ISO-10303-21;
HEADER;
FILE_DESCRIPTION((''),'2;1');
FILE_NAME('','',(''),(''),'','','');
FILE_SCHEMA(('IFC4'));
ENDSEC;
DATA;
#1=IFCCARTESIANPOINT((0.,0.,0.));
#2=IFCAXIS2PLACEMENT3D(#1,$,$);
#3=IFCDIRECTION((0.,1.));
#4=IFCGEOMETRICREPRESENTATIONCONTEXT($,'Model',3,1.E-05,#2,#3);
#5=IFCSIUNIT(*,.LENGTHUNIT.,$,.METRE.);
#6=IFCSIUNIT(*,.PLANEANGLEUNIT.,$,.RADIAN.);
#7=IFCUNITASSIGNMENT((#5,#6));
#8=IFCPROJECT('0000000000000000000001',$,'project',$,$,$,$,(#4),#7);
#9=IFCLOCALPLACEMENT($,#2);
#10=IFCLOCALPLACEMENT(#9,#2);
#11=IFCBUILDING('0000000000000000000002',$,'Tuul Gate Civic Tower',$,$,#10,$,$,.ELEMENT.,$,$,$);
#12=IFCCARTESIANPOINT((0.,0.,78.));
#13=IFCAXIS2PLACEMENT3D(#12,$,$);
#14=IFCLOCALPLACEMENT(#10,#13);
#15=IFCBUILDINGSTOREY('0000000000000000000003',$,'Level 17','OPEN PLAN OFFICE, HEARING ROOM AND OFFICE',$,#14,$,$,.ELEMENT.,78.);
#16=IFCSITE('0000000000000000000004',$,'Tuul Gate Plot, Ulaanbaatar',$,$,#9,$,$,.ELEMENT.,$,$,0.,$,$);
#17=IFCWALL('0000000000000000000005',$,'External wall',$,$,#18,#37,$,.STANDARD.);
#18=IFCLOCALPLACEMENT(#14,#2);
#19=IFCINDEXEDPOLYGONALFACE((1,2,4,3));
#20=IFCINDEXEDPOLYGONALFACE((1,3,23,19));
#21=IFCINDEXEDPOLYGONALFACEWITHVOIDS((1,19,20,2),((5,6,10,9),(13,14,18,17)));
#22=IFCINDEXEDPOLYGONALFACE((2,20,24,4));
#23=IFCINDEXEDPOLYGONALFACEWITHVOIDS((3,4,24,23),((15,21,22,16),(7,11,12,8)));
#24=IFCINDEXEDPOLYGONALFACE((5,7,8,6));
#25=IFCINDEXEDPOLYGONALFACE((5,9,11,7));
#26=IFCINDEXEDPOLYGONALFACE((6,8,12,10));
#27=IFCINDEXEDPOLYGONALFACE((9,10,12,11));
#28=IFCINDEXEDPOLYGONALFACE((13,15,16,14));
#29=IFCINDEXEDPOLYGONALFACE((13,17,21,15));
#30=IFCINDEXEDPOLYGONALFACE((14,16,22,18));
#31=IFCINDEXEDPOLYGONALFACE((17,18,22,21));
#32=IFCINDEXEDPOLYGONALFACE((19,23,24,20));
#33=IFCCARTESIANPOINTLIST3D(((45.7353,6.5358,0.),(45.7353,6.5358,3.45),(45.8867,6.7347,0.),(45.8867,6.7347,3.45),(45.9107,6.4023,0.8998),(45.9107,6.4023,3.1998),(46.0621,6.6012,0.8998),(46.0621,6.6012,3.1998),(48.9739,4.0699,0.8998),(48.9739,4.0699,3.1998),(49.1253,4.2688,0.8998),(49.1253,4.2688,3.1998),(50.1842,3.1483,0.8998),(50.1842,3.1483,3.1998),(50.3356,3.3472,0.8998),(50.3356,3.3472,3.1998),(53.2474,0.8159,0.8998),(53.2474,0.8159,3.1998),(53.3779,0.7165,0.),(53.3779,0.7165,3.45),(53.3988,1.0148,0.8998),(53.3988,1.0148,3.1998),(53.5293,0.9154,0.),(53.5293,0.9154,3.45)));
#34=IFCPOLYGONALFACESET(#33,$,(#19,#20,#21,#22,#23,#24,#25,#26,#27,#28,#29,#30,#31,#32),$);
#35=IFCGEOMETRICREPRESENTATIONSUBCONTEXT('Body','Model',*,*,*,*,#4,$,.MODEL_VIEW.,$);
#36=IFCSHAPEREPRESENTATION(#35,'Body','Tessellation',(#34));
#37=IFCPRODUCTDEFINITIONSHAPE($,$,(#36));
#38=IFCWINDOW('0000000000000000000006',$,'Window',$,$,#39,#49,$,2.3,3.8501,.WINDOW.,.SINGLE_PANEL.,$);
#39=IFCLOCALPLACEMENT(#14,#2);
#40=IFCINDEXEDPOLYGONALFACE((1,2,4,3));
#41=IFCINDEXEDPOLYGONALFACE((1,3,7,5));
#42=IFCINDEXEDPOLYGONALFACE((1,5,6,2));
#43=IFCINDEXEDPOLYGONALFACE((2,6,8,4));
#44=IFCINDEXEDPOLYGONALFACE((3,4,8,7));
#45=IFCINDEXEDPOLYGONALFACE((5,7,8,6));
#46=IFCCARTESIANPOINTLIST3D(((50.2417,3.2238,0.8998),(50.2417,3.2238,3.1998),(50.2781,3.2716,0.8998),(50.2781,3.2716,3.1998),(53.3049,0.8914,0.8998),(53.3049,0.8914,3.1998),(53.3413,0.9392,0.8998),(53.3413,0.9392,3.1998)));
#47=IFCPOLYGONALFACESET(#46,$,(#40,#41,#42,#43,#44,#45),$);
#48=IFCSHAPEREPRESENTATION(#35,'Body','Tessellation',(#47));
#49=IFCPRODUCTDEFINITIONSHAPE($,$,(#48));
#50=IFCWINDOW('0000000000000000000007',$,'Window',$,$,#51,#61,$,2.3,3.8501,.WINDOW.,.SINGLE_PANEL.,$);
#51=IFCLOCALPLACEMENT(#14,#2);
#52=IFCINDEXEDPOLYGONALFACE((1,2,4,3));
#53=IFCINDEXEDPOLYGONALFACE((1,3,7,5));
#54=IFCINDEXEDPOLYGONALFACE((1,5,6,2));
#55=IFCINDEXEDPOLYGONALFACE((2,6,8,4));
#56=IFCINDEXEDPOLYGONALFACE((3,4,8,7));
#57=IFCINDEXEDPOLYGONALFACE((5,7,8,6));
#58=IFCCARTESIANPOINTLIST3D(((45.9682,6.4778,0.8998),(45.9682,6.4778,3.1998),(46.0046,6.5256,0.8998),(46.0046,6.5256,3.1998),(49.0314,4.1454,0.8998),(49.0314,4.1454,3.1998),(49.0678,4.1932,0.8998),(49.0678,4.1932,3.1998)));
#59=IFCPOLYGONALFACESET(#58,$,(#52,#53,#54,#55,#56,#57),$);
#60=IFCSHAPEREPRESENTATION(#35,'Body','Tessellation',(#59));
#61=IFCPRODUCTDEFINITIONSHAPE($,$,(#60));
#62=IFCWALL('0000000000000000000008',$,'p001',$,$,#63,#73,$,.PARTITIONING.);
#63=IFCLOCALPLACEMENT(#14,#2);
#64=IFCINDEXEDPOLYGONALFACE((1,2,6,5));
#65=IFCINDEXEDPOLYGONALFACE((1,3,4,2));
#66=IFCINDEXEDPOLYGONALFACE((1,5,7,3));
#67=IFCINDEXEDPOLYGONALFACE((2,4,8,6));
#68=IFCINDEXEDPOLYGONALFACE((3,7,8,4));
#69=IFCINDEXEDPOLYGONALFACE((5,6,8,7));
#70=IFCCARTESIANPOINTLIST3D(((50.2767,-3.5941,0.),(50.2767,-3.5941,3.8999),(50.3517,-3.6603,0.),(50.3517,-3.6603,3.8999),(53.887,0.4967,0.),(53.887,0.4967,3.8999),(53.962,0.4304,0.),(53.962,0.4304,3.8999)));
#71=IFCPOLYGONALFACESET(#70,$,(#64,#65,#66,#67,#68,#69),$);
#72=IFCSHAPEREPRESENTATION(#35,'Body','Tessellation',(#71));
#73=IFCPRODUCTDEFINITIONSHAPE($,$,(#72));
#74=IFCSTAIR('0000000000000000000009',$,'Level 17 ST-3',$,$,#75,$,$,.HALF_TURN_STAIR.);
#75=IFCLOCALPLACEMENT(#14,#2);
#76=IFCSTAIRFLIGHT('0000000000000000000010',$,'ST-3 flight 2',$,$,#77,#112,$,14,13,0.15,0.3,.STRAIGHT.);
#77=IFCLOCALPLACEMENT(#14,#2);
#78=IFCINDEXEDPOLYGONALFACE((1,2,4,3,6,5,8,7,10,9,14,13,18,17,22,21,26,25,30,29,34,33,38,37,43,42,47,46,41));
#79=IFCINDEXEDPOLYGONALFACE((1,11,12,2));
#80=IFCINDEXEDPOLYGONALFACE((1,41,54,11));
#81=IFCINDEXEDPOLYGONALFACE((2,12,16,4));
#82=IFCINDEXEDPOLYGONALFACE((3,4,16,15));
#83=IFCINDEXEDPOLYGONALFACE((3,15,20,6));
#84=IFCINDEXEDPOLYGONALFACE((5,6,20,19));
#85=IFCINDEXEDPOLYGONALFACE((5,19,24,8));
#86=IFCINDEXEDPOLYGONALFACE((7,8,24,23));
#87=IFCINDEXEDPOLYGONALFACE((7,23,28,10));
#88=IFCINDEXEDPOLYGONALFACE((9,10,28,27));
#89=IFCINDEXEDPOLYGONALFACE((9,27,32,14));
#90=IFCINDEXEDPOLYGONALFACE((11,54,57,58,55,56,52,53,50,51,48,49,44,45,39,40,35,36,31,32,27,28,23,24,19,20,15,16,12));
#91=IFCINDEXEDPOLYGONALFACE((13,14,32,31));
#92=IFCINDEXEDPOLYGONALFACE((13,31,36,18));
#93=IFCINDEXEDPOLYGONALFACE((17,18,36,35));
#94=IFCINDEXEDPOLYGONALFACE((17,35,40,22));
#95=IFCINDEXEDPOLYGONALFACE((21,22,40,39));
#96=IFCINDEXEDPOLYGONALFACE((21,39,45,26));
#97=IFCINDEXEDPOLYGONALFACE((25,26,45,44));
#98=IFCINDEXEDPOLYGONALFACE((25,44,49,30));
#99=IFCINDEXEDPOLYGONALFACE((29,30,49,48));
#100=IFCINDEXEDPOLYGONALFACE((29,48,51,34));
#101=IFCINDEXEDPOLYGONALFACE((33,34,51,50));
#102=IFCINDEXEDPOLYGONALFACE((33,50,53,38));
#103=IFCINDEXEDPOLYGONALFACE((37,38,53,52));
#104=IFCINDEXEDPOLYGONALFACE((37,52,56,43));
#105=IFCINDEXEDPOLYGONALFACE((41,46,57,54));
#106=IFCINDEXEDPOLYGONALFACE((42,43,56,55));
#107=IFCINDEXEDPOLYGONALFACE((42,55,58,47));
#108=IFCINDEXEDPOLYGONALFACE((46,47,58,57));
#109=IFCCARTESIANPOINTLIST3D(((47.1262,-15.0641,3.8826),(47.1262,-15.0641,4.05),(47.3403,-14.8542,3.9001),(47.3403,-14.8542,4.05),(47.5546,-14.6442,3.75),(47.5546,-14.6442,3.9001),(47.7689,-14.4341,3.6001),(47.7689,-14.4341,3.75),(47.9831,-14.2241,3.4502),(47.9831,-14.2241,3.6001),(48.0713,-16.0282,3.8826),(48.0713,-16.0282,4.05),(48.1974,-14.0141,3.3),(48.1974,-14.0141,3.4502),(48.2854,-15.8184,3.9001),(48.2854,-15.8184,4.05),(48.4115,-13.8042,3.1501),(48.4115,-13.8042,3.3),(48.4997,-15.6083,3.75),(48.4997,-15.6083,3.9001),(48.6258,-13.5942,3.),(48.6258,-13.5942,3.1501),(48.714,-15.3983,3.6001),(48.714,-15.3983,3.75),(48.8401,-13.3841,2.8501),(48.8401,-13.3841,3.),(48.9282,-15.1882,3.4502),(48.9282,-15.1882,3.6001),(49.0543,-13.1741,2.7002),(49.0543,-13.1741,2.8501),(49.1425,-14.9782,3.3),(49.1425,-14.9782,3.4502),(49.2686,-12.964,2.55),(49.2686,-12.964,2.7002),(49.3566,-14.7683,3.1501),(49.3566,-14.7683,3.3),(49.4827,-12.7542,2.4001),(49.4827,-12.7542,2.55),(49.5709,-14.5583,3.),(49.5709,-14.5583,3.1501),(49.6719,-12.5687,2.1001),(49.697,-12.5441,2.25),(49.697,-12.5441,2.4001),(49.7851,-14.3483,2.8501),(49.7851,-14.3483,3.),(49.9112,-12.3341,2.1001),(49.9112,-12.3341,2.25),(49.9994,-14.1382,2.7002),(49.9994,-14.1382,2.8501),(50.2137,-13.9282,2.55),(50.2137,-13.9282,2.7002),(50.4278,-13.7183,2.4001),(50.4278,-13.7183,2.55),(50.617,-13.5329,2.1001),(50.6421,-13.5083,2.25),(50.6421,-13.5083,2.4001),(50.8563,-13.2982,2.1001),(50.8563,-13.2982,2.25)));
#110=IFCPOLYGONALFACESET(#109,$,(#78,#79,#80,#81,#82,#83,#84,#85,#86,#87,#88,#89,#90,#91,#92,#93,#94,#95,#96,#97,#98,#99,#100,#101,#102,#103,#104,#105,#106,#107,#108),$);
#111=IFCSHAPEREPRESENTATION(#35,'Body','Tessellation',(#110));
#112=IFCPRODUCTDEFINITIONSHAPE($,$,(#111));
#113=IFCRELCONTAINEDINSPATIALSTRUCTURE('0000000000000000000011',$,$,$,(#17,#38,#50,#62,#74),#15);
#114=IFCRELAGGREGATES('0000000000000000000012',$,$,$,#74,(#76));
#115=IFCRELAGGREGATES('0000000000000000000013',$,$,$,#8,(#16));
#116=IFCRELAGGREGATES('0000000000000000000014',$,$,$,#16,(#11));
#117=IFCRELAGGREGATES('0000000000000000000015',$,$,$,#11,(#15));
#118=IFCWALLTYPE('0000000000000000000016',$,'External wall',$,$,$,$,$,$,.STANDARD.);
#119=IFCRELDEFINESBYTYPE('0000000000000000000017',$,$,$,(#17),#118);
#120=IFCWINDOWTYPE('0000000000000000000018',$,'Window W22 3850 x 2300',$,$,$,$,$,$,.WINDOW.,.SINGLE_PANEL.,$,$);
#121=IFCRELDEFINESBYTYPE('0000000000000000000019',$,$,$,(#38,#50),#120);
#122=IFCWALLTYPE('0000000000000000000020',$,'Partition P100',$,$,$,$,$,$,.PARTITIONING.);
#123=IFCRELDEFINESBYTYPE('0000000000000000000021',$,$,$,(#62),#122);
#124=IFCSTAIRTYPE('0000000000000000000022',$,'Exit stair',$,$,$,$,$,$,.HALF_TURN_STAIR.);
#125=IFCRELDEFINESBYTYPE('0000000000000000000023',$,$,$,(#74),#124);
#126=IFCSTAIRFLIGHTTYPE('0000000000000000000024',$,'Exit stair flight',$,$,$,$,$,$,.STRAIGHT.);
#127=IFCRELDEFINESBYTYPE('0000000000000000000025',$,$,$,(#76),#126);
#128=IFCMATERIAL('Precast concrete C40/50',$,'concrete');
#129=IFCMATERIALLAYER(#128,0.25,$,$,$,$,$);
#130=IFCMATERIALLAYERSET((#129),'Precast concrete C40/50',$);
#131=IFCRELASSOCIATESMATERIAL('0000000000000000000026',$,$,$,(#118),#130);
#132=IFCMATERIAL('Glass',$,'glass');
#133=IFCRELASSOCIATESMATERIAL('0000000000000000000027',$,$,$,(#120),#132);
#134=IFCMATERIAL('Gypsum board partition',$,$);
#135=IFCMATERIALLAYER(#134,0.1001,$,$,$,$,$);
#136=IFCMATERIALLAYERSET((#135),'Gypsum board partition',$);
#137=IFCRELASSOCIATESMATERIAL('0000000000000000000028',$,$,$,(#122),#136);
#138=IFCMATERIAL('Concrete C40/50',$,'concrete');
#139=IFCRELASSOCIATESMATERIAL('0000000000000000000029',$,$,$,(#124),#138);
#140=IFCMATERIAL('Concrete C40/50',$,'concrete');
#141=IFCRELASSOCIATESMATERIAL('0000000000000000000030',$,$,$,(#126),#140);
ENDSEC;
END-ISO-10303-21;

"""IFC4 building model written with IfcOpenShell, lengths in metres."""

from ifc_helpers import new_model, si_unit, direction, frame, frame_2d, origin, place, context, subcontext, project, spatial, polyline, rectangle, outline, extrude, material, layer, layer_set, type_object, element, fill, aggregate, save


model = new_model("IFC4")

# Units and contexts
model_context = context("Model", 3, precision=1e-05, world=origin(), true_north=direction((0.0, 1.0)))
body_context = subcontext(model_context, "Body", "Model", "MODEL_VIEW")
ifc_project = project(units=[si_unit("LENGTHUNIT", "METRE"), si_unit("PLANEANGLEUNIT", "RADIAN")], contexts=[model_context])

# Site, building, storey
site_placement = place(None, origin())
site = spatial("IfcSite", under=ifc_project, at=site_placement, Name="Tuul Gate Plot, Ulaanbaatar", CompositionType="ELEMENT", RefElevation=0.0)
building_placement = place(site_placement, origin())
building = spatial("IfcBuilding", under=site, at=building_placement, Name="Tuul Gate Civic Tower", CompositionType="ELEMENT")
storey_placement = place(building_placement, frame((0.0, 0.0, 78.0)))
storey = spatial("IfcBuildingStorey", under=building, at=storey_placement, Name="Level 17", Description="OPEN PLAN OFFICE, HEARING ROOM AND OFFICE", CompositionType="ELEMENT", Elevation=78.0)

# Wall, openings, windows
ifc_material_1 = material(Name="Precast concrete C40/50", Category="concrete")
ifc_layer_1 = layer(ifc_material_1, 0.25)
ifc_layer_set_1 = layer_set([ifc_layer_1], Name="Precast concrete C40/50")
wall_type_1 = type_object("IfcWallType", Name="External wall", PredefinedType="STANDARD", material=ifc_layer_set_1)
wall_1_placement = place(storey_placement, frame((53.4536, 0.8159, 0.0), z_axis=(0.0, 0.0, 1.0), x_axis=(-0.795611, 0.605807, 0.0)))
wall_1 = element("IfcWall", 1, at=wall_1_placement, inside=storey, type_object=wall_type_1, Name="External wall", PredefinedType="STANDARD", context=body_context, shape_type="SweptSolid", body=[
    extrude(rectangle(XDim=9.606, YDim=0.25, at=frame_2d((4.803, 0.0))), origin(), (0.0, 0.0, 1.0), 3.45),
])
opening_1_placement = place(wall_1_placement, frame((0.1641, 0.0, 0.8999)))
opening_1 = element("IfcOpeningElement", 2, at=opening_1_placement, cuts=wall_1, PredefinedType="OPENING", context=body_context, shape_type="SweptSolid", body=[
    extrude(rectangle(XDim=3.8501, YDim=2.3, at=frame_2d((1.925, 1.1499))), frame((0.0, 0.135, 0.0), z_axis=(0.0, -1.0, 0.0), x_axis=(1.0, 0.0, 0.0)), (0.0, 0.0, 1.0), 0.27),
])
opening_2_placement = place(wall_1_placement, frame((5.5354, 0.0, 0.8999)))
opening_2 = element("IfcOpeningElement", 3, at=opening_2_placement, cuts=wall_1, PredefinedType="OPENING", context=body_context, shape_type="SweptSolid", body=[
    extrude(rectangle(XDim=3.8501, YDim=2.3, at=frame_2d((1.925, 1.1499))), frame((0.0, 0.135, 0.0), z_axis=(0.0, -1.0, 0.0), x_axis=(1.0, 0.0, 0.0)), (0.0, 0.0, 1.0), 0.27),
])
ifc_material_2 = material(Name="Glass", Category="glass")
window_type = type_object("IfcWindowType", Name="Window W22 3850 x 2300", PartitioningType="SINGLE_PANEL", PredefinedType="WINDOW", material=ifc_material_2)
window_1_placement = place(opening_1_placement, origin())
window_1 = element("IfcWindow", 4, at=window_1_placement, inside=storey, type_object=window_type, Name="Window", OverallHeight=2.3, OverallWidth=3.8501, PartitioningType="SINGLE_PANEL", PredefinedType="WINDOW", context=body_context, shape_type="SweptSolid", body=[
    extrude(rectangle(XDim=3.8501, YDim=2.3, at=frame_2d((1.925, 1.1499))), frame((0.0, 0.03, 0.0), z_axis=(0.0, -1.0, 0.0), x_axis=(1.0, 0.0, 0.0)), (0.0, 0.0, 1.0), 0.0601),
])
fill(opening_1, window_1)
window_2_placement = place(opening_2_placement, origin())
window_2 = element("IfcWindow", 5, at=window_2_placement, inside=storey, type_object=window_type, Name="Window", OverallHeight=2.3, OverallWidth=3.8501, PartitioningType="SINGLE_PANEL", PredefinedType="WINDOW", context=body_context, shape_type="SweptSolid", body=[
    extrude(rectangle(XDim=3.8501, YDim=2.3, at=frame_2d((1.925, 1.1499))), frame((0.0, 0.03, 0.0), z_axis=(0.0, -1.0, 0.0), x_axis=(1.0, 0.0, 0.0)), (0.0, 0.0, 1.0), 0.0601),
])
fill(opening_2, window_2)

# Wall
ifc_material_3 = material(Name="Gypsum board partition")
ifc_layer_2 = layer(ifc_material_3, 0.1001)
ifc_layer_set_2 = layer_set([ifc_layer_2], Name="Gypsum board partition")
wall_type_2 = type_object("IfcWallType", Name="Partition P100", PredefinedType="PARTITIONING", material=ifc_layer_set_2)
wall_2_placement = place(storey_placement, frame((50.3142, -3.6272, 0.0), z_axis=(0.0, 0.0, 1.0), x_axis=(0.661705, 0.749765, 0.0)))
element("IfcWall", 6, at=wall_2_placement, inside=storey, type_object=wall_type_2, Name="p001", PredefinedType="PARTITIONING", context=body_context, shape_type="SweptSolid", body=[
    extrude(rectangle(XDim=5.4561, YDim=0.1001, at=frame_2d((2.728, 0.0))), origin(), (0.0, 0.0, 1.0), 3.8999),
])

# Stair, stair flight
ifc_material_4 = material(Name="Concrete C40/50", Category="concrete")
stair_type = type_object("IfcStairType", Name="Exit stair", PredefinedType="HALF_TURN_STAIR", material=ifc_material_4)
stair_placement = place(storey_placement, origin())
stair = element("IfcStair", 7, at=stair_placement, inside=storey, type_object=stair_type, Name="Level 17 ST-3", PredefinedType="HALF_TURN_STAIR")
ifc_material_5 = material(Name="Concrete C40/50", Category="concrete")
stair_flight_type = type_object("IfcStairFlightType", Name="Exit stair flight", PredefinedType="STRAIGHT", material=ifc_material_5)
stair_flight_placement = place(storey_placement, frame((50.3838, -12.8162, 2.1001), z_axis=(0.0, 0.0, 1.0), x_axis=(-0.714127, -0.700016, 0.0)))
stair_flight = element("IfcStairFlight", 8, at=stair_flight_placement, type_object=stair_flight_type, Name="ST-3 flight 2", NumberOfRisers=14, NumberOfTreads=13, PredefinedType="STRAIGHT", RiserHeight=0.15, TreadLength=0.3, context=body_context, shape_type="SweptSolid", body=[
    extrude(outline(polyline([(0.0, 0.0), (0.0, 0.1499), (0.3, 0.1499), (0.3, 0.3), (0.6001, 0.3), (0.6001, 0.45), (0.8999, 0.45), (0.8999, 0.6001), (1.2, 0.6001), (1.2, 0.75), (1.5, 0.75), (1.5, 0.8999), (1.8, 0.8999), (1.8, 1.05), (2.1001, 1.05), (2.1001, 1.2), (2.3999, 1.2), (2.3999, 1.3501), (2.7, 1.3501), (2.7, 1.5), (3.0, 1.5), (3.0, 1.6499), (3.3, 1.6499), (3.3, 1.8), (3.6001, 1.8), (3.6001, 1.95), (3.8999, 1.95), (3.8999, 2.1001), (3.8999, 1.7825), (0.3352, 0.0), (0.0, 0.0)])), frame((0.0, 0.675, 0.0), z_axis=(0.0, -1.0, 0.0), x_axis=(1.0, 0.0, 0.0)), (0.0, 0.0, 1.0), 1.3501),
])
aggregate(stair, [stair_flight])

save(model, "model.ifc")
